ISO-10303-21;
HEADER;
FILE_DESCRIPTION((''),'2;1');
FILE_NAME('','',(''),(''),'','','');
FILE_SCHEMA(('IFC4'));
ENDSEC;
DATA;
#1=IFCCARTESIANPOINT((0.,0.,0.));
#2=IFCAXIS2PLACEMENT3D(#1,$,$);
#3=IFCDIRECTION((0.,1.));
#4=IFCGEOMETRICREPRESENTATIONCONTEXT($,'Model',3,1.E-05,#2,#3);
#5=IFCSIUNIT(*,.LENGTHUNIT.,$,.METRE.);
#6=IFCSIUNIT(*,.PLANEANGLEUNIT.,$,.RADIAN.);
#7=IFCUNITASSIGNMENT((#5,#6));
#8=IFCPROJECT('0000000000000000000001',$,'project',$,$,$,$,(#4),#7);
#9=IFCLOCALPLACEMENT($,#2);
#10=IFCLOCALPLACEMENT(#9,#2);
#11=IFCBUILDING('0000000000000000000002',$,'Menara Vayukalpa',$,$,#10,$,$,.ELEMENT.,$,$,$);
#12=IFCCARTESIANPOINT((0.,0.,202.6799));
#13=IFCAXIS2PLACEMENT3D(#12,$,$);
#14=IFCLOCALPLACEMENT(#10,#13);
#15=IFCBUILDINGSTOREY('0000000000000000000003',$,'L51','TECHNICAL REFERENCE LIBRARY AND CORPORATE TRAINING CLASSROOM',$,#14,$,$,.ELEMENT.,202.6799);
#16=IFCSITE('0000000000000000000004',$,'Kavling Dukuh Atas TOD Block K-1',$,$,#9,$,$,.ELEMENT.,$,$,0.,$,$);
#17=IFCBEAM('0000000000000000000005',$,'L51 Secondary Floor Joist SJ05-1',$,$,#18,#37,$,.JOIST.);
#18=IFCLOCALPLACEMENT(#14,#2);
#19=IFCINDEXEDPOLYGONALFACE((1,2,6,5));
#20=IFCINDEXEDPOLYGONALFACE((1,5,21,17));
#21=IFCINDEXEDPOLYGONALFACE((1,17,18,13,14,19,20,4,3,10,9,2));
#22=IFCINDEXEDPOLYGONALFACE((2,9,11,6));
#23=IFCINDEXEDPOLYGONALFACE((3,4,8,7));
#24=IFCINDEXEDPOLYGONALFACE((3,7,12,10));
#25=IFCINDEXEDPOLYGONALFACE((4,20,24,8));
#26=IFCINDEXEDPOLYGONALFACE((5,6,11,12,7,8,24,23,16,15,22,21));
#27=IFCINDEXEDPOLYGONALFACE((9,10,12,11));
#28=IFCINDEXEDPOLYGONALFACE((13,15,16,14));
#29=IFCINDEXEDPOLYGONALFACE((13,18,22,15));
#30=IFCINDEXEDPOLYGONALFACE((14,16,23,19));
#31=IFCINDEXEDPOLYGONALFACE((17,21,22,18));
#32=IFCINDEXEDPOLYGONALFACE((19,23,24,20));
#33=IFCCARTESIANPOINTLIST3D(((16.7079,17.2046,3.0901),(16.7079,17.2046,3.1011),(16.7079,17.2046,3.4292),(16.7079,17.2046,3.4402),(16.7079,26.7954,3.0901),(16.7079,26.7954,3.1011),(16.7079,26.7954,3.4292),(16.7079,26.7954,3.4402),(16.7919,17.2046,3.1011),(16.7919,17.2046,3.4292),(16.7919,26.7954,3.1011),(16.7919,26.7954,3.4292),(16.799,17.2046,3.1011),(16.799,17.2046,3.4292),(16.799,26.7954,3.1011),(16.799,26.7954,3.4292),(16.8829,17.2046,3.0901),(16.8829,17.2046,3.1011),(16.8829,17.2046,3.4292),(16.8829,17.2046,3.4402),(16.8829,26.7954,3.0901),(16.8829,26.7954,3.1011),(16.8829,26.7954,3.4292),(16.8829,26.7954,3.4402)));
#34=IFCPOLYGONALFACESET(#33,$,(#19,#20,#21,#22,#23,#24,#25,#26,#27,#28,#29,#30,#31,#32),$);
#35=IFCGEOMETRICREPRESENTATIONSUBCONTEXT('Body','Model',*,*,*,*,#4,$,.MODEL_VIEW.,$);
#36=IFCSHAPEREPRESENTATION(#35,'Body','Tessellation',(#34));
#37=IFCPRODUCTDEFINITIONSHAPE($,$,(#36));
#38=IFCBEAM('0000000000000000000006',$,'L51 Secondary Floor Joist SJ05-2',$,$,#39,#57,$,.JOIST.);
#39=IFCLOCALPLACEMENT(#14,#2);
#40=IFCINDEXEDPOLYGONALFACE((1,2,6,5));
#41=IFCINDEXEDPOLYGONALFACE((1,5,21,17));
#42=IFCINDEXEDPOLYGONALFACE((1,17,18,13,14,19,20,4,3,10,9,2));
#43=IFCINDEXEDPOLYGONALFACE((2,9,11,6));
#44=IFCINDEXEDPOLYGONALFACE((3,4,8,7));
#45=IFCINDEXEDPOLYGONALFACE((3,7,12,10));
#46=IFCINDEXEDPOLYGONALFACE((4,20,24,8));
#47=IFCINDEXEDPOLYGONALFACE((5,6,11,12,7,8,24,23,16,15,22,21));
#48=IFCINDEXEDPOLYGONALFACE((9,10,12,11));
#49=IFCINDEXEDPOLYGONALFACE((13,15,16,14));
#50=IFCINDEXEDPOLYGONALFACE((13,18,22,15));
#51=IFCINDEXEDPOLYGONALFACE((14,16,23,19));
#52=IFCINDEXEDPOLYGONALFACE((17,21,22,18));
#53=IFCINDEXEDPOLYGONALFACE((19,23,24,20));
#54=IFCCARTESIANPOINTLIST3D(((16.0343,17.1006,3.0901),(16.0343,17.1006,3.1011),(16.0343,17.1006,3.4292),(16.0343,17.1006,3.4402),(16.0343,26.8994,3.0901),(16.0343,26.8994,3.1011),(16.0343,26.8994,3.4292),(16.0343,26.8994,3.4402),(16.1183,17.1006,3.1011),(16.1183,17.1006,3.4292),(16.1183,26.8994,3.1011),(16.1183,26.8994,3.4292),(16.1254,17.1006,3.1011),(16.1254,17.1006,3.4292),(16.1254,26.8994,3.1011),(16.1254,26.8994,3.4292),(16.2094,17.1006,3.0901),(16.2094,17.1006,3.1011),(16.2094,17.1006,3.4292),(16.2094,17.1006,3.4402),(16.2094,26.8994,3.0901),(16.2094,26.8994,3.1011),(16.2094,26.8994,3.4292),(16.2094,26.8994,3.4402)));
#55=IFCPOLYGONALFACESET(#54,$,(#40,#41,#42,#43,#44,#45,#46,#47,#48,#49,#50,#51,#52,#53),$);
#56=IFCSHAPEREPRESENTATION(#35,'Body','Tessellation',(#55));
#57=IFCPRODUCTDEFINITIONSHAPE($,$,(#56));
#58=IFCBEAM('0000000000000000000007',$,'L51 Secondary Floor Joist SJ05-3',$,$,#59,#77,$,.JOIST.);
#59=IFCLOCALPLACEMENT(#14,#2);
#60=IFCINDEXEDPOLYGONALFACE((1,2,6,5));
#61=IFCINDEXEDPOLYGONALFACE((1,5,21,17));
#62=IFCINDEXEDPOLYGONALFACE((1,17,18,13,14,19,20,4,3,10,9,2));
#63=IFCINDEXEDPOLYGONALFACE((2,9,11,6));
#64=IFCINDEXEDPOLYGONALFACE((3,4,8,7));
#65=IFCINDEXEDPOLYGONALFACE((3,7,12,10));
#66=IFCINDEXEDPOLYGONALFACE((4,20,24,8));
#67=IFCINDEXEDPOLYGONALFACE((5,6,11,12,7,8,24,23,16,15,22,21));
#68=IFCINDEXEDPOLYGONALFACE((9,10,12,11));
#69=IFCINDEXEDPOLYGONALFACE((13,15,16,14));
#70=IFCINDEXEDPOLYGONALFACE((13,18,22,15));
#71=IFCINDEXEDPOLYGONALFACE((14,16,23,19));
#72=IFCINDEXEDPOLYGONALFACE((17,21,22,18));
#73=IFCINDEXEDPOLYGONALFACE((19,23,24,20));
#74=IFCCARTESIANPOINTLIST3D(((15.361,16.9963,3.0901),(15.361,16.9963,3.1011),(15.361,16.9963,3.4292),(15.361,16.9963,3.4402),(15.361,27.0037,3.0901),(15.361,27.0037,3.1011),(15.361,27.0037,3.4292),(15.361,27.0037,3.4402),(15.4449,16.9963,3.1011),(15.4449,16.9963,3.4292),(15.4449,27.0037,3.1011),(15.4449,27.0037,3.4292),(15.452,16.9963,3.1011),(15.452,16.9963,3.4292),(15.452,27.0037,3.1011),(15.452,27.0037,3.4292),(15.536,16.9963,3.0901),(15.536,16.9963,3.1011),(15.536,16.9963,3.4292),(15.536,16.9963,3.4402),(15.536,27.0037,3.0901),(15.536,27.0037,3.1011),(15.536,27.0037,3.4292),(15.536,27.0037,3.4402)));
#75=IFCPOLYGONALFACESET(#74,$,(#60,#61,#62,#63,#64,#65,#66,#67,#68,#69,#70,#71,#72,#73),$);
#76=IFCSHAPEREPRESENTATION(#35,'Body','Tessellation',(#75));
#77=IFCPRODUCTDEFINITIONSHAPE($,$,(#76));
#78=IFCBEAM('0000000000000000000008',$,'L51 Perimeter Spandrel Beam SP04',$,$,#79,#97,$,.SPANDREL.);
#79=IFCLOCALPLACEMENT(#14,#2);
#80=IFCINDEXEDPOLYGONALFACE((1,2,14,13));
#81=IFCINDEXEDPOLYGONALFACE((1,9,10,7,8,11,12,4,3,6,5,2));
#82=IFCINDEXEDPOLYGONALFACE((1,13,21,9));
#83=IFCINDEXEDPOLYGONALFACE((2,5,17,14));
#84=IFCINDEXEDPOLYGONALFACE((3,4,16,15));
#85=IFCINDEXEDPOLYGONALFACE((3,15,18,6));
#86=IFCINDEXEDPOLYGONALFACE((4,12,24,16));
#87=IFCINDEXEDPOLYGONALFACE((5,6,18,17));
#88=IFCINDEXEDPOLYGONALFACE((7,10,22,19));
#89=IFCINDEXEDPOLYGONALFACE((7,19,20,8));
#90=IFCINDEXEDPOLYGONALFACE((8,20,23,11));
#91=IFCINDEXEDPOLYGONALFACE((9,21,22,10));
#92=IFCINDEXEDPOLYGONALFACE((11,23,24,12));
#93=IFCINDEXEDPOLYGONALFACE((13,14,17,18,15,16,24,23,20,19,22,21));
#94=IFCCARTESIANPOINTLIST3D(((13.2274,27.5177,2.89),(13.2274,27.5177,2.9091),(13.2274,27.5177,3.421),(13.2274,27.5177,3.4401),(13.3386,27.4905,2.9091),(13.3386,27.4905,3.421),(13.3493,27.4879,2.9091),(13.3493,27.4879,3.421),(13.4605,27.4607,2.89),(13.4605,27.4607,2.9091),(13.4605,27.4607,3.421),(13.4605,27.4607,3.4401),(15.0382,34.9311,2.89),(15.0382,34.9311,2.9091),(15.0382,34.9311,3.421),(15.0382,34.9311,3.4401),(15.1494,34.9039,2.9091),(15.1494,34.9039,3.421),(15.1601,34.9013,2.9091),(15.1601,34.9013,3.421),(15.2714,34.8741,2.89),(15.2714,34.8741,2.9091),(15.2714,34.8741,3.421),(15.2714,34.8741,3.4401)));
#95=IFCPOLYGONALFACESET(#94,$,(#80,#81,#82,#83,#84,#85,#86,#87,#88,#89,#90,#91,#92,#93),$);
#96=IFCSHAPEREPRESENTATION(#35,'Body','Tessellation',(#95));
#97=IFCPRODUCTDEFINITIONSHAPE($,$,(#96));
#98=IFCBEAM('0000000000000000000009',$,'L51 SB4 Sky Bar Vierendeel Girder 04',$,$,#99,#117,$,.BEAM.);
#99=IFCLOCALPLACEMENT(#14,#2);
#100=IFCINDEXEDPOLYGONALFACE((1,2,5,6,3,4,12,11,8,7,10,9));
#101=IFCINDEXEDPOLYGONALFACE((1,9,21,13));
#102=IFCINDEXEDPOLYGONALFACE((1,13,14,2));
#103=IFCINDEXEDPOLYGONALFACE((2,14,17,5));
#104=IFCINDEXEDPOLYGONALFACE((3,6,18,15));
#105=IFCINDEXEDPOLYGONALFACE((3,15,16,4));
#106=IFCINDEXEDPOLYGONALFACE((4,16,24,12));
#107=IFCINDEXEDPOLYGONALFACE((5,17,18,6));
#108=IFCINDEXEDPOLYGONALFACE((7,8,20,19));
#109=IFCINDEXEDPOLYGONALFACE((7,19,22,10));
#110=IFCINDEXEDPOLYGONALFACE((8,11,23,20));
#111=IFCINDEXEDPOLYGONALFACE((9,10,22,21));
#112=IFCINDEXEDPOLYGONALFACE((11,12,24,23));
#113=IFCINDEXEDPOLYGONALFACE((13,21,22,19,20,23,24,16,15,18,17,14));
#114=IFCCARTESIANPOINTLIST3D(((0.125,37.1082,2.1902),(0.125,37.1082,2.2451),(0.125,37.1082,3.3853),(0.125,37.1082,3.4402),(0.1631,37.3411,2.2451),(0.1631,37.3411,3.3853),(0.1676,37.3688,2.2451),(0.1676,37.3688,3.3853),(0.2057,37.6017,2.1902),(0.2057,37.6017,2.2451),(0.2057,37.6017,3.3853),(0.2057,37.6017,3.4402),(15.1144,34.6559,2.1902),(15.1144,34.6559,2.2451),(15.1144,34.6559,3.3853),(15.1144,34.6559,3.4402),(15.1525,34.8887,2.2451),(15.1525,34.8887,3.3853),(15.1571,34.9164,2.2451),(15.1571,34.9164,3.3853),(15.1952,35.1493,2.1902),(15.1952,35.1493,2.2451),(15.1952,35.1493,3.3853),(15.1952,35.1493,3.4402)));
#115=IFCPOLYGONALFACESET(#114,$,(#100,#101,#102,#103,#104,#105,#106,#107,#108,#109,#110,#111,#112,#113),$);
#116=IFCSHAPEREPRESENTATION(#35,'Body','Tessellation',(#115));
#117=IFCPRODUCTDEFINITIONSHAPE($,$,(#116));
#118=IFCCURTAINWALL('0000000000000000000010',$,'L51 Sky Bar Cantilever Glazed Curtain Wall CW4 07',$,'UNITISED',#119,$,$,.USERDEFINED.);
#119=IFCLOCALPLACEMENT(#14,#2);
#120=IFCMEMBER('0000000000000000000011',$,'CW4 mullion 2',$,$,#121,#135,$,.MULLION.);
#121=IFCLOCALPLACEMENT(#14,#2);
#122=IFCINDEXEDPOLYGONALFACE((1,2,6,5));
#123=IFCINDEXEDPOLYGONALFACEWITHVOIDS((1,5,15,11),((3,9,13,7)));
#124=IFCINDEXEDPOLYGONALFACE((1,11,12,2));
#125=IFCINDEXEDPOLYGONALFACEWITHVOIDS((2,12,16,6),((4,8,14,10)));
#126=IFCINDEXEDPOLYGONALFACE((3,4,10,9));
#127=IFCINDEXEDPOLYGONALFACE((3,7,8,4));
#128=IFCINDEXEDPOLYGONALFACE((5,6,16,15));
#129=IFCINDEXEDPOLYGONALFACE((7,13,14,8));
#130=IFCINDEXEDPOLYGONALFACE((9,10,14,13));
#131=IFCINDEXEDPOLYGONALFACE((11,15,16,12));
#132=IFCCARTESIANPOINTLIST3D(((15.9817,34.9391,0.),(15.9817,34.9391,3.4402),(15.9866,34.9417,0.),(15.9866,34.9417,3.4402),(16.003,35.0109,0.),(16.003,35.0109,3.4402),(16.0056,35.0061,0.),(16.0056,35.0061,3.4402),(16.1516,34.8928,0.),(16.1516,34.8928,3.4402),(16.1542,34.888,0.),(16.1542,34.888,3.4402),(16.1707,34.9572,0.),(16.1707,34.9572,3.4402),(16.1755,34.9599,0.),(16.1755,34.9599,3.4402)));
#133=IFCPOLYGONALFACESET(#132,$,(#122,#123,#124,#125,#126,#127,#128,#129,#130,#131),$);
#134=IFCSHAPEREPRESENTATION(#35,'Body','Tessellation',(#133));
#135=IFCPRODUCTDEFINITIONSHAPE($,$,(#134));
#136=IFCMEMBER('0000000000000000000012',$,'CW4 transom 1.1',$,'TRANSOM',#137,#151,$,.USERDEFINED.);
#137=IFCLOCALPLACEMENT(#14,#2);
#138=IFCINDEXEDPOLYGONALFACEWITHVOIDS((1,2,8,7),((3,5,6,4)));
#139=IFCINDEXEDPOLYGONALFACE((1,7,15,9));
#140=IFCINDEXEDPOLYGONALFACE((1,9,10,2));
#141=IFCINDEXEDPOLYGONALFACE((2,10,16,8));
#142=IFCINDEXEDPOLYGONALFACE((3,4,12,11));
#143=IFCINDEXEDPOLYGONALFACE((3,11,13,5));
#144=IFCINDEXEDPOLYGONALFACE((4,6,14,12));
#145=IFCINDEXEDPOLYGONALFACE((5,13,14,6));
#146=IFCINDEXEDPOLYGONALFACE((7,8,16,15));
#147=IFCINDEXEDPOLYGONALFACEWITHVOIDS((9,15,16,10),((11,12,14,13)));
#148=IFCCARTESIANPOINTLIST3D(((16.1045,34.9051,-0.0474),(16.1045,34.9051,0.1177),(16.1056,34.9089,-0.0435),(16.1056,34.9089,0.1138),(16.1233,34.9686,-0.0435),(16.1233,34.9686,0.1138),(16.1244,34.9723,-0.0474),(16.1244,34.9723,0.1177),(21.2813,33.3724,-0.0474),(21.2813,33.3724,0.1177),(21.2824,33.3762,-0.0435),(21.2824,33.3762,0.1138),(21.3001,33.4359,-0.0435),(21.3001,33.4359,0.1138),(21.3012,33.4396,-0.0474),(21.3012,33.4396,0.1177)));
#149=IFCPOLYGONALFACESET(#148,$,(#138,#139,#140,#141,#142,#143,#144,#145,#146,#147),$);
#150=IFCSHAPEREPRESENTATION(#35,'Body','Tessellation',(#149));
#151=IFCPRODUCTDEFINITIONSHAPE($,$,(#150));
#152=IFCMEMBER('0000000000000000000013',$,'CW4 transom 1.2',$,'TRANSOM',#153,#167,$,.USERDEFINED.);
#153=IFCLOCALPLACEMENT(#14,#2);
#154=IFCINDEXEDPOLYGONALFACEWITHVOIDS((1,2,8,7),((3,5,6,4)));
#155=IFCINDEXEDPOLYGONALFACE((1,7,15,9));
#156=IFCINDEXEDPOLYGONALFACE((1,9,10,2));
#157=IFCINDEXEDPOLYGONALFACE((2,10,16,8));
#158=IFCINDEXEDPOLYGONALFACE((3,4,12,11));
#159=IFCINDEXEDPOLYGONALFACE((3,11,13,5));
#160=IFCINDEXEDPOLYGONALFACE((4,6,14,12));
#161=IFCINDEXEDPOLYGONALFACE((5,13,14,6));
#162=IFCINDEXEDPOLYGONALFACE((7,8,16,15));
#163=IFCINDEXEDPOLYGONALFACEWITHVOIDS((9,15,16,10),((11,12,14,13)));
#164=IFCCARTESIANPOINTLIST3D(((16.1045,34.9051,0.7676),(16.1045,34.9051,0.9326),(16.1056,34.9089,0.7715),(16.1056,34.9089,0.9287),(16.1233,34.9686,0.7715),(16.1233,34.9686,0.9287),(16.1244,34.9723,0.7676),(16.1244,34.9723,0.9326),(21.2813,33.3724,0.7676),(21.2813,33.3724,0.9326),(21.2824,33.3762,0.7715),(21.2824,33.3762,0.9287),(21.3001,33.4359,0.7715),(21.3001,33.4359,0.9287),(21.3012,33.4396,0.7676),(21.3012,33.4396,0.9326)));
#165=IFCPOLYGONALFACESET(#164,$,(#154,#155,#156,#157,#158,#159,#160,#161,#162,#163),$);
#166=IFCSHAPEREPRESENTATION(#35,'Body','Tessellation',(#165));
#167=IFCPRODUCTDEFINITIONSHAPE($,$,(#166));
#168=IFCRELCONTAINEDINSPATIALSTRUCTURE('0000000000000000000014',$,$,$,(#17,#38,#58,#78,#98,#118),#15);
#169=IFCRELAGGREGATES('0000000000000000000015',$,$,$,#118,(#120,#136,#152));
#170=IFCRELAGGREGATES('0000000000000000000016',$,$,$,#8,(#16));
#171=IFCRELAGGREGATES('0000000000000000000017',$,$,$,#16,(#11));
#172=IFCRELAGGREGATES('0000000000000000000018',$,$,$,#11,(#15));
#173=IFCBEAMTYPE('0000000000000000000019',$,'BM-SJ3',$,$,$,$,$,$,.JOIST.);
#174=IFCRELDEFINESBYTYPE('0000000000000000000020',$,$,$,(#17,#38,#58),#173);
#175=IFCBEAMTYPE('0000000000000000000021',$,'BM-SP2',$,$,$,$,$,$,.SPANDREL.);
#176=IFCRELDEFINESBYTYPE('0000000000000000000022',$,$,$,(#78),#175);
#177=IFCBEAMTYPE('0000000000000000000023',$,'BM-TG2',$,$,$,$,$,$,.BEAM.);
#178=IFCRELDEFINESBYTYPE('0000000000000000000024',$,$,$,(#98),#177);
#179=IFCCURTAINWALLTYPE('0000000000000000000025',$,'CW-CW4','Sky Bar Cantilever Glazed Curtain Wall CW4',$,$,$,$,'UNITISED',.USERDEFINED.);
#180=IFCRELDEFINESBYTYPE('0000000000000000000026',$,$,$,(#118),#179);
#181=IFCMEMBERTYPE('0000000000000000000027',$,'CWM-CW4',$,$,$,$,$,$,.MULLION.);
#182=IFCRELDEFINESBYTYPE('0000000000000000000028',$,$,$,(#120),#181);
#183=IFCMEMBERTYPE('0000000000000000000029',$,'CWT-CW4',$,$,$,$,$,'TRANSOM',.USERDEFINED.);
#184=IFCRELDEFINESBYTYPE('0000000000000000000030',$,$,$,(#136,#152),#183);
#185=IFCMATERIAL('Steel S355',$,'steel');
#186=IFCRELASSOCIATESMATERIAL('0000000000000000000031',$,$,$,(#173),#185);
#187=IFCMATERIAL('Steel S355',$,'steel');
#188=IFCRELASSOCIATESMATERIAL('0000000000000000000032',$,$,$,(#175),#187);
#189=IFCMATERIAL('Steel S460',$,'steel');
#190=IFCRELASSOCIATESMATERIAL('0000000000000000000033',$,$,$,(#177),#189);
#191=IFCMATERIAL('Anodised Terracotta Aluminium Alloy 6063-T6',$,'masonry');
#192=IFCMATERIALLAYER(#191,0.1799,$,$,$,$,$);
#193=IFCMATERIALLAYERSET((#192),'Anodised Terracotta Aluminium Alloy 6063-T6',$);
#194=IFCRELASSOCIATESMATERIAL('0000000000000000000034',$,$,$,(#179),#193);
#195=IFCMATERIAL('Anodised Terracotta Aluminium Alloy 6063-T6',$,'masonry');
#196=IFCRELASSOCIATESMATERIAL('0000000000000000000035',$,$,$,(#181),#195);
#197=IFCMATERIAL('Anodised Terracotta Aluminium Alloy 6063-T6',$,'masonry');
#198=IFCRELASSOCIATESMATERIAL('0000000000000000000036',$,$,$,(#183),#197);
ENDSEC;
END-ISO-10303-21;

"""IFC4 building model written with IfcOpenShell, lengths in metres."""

from ifc_helpers import new_model, si_unit, direction, frame, origin, origin_2d, place, context, subcontext, project, spatial, hollow_rectangle, i_section, extrude, material, layer, layer_set, material_profile, profile_set, type_object, element, aggregate, save


model = new_model("IFC4")

# Units and contexts
model_context = context("Model", 3, precision=1e-05, world=origin(), true_north=direction((0.0, 1.0)))
body_context = subcontext(model_context, "Body", "Model", "MODEL_VIEW")
ifc_project = project(units=[si_unit("LENGTHUNIT", "METRE"), si_unit("PLANEANGLEUNIT", "RADIAN")], contexts=[model_context])

# Site, building, storey
site_placement = place(None, origin())
site = spatial("IfcSite", under=ifc_project, at=site_placement, Name="Kavling Dukuh Atas TOD Block K-1", CompositionType="ELEMENT", RefElevation=0.0)
building_placement = place(site_placement, origin())
building = spatial("IfcBuilding", under=site, at=building_placement, Name="Menara Vayukalpa", CompositionType="ELEMENT")
storey_placement = place(building_placement, frame((0.0, 0.0, 202.6799)))
storey = spatial("IfcBuildingStorey", under=building, at=storey_placement, Name="L51", Description="TECHNICAL REFERENCE LIBRARY AND CORPORATE TRAINING CLASSROOM", CompositionType="ELEMENT", Elevation=202.6799)

# Beams
ifc_material_1 = material(Name="Steel S355", Category="steel")
ifc_material_profile_1 = material_profile(ifc_material_1, i_section(OverallWidth=0.175, OverallDepth=0.3501, WebThickness=0.0071, FlangeThickness=0.011, at=origin_2d()), Name="WF 350x175x7x11")
ifc_profile_set_1 = profile_set([ifc_material_profile_1], Name="Steel S355")
beam_type_1 = type_object("IfcBeamType", Name="BM-SJ3", PredefinedType="JOIST", material=ifc_profile_set_1)
beam_1_placement = place(storey_placement, frame((16.7954, 26.7954, 3.2651), z_axis=(0.0, -1.0, 0.0), x_axis=(1.0, 0.0, 0.0)))
element("IfcBeam", 1, at=beam_1_placement, inside=storey, type_object=beam_type_1, Name="L51 Secondary Floor Joist SJ05-1", PredefinedType="JOIST", context=body_context, shape_type="SweptSolid", body=[
    extrude(i_section(OverallWidth=0.175, OverallDepth=0.3501, WebThickness=0.0071, FlangeThickness=0.011, at=origin_2d()), origin(), (0.0, 0.0, 1.0), 9.5908),
])
beam_2_placement = place(storey_placement, frame((16.1218, 26.8994, 3.2651), z_axis=(0.0, -1.0, 0.0), x_axis=(1.0, 0.0, 0.0)))
element("IfcBeam", 2, at=beam_2_placement, inside=storey, type_object=beam_type_1, Name="L51 Secondary Floor Joist SJ05-2", PredefinedType="JOIST", context=body_context, shape_type="SweptSolid", body=[
    extrude(i_section(OverallWidth=0.175, OverallDepth=0.3501, WebThickness=0.0071, FlangeThickness=0.011, at=origin_2d()), origin(), (0.0, 0.0, 1.0), 9.7988),
])
beam_3_placement = place(storey_placement, frame((15.4485, 27.0037, 3.2651), z_axis=(0.0, -1.0, 0.0), x_axis=(1.0, 0.0, 0.0)))
element("IfcBeam", 3, at=beam_3_placement, inside=storey, type_object=beam_type_1, Name="L51 Secondary Floor Joist SJ05-3", PredefinedType="JOIST", context=body_context, shape_type="SweptSolid", body=[
    extrude(i_section(OverallWidth=0.175, OverallDepth=0.3501, WebThickness=0.0071, FlangeThickness=0.011, at=origin_2d()), origin(), (0.0, 0.0, 1.0), 10.0073),
])
ifc_material_2 = material(Name="Steel S355", Category="steel")
ifc_material_profile_2 = material_profile(ifc_material_2, i_section(OverallWidth=0.24, OverallDepth=0.55, WebThickness=0.011, FlangeThickness=0.019, at=origin_2d()), Name="WF 550x240x11x19")
ifc_profile_set_2 = profile_set([ifc_material_profile_2], Name="Steel S355")
beam_type_2 = type_object("IfcBeamType", Name="BM-SP2", PredefinedType="SPANDREL", material=ifc_profile_set_2)
beam_4_placement = place(storey_placement, frame((15.1548, 34.9026, 3.165), z_axis=(-0.237285, -0.97144, 0.0), x_axis=(0.97144, -0.237285, 0.0)))
element("IfcBeam", 4, at=beam_4_placement, inside=storey, type_object=beam_type_2, Name="L51 Perimeter Spandrel Beam SP04", PredefinedType="SPANDREL", context=body_context, shape_type="SweptSolid", body=[
    extrude(i_section(OverallWidth=0.24, OverallDepth=0.55, WebThickness=0.011, FlangeThickness=0.019, at=origin_2d()), origin(), (0.0, 0.0, 1.0), 7.6313),
])
ifc_material_3 = material(Name="Steel S460", Category="steel")
ifc_material_profile_3 = material_profile(ifc_material_3, i_section(OverallWidth=0.5, OverallDepth=1.25, WebThickness=0.0281, FlangeThickness=0.0549, at=origin_2d()), Name="WG 1250x500x28x55")
ifc_profile_set_3 = profile_set([ifc_material_profile_3], Name="Steel S460")
beam_type_3 = type_object("IfcBeamType", Name="BM-TG2", PredefinedType="BEAM", material=ifc_profile_set_3)
beam_5_placement = place(storey_placement, frame((15.1548, 34.9026, 2.8152), z_axis=(-0.986879, 0.161461, 0.0), x_axis=(-0.161461, -0.986879, 0.0)))
element("IfcBeam", 5, at=beam_5_placement, inside=storey, type_object=beam_type_3, Name="L51 SB4 Sky Bar Vierendeel Girder 04", PredefinedType="BEAM", context=body_context, shape_type="SweptSolid", body=[
    extrude(i_section(OverallWidth=0.5, OverallDepth=1.25, WebThickness=0.0281, FlangeThickness=0.0549, at=origin_2d()), origin(), (0.0, 0.0, 1.0), 15.1887),
])

# Curtain wall, members
ifc_material_4 = material(Name="Anodised Terracotta Aluminium Alloy 6063-T6", Category="masonry")
ifc_layer_1 = layer(ifc_material_4, 0.1799)
ifc_layer_set_1 = layer_set([ifc_layer_1], Name="Anodised Terracotta Aluminium Alloy 6063-T6")
curtain_wall_type = type_object("IfcCurtainWallType", Name="CW-CW4", Description="Sky Bar Cantilever Glazed Curtain Wall CW4", ElementType="UNITISED", PredefinedType="USERDEFINED", material=ifc_layer_set_1)
curtain_wall_placement = place(storey_placement, origin())
curtain_wall = element("IfcCurtainWall", 6, at=curtain_wall_placement, inside=storey, type_object=curtain_wall_type, Name="L51 Sky Bar Cantilever Glazed Curtain Wall CW4 07", ObjectType="UNITISED", PredefinedType="USERDEFINED")
ifc_material_5 = material(Name="Anodised Terracotta Aluminium Alloy 6063-T6", Category="masonry")
ifc_material_profile_4 = material_profile(ifc_material_5, hollow_rectangle(XDim=0.075, YDim=0.1799, WallThickness=0.0039, at=origin_2d()), Name="ALU 75x180x4")
ifc_profile_set_4 = profile_set([ifc_material_profile_4], Name="Anodised Terracotta Aluminium Alloy 6063-T6")
member_type_1 = type_object("IfcMemberType", Name="CWM-CW4", PredefinedType="MULLION", material=ifc_profile_set_4)
member_1_placement = place(storey_placement, frame((16.0786, 34.9495, 0.0), z_axis=(0.0, 0.0, 1.0), x_axis=(-0.283894, -0.958856, 0.0)))
member_1 = element("IfcMember", 7, at=member_1_placement, type_object=member_type_1, Name="CW4 mullion 2", PredefinedType="MULLION", context=body_context, shape_type="SweptSolid", body=[
    extrude(hollow_rectangle(XDim=0.075, YDim=0.1799, WallThickness=0.0039, at=origin_2d()), origin(), (0.0, 0.0, 1.0), 3.4402),
])
ifc_material_6 = material(Name="Anodised Terracotta Aluminium Alloy 6063-T6", Category="masonry")
ifc_material_profile_5 = material_profile(ifc_material_6, hollow_rectangle(XDim=0.0701, YDim=0.165, WallThickness=0.0039, at=origin_2d()), Name="ALU 70x165x4")
ifc_profile_set_5 = profile_set([ifc_material_profile_5], Name="Anodised Terracotta Aluminium Alloy 6063-T6")
member_type_2 = type_object("IfcMemberType", Name="CWT-CW4", ElementType="TRANSOM", PredefinedType="USERDEFINED", material=ifc_profile_set_5)
member_2_placement = place(storey_placement, frame((21.2913, 33.406, 0.0352), z_axis=(-0.958856, 0.283894, 0.0), x_axis=(-0.283894, -0.958856, 0.0)))
member_2 = element("IfcMember", 8, at=member_2_placement, type_object=member_type_2, Name="CW4 transom 1.1", ObjectType="TRANSOM", PredefinedType="USERDEFINED", context=body_context, shape_type="SweptSolid", body=[
    extrude(hollow_rectangle(XDim=0.0701, YDim=0.165, WallThickness=0.0039, at=origin_2d()), origin(), (0.0, 0.0, 1.0), 5.3989),
])
member_3_placement = place(storey_placement, frame((21.2913, 33.406, 0.8501), z_axis=(-0.958856, 0.283894, 0.0), x_axis=(-0.283894, -0.958856, 0.0)))
member_3 = element("IfcMember", 9, at=member_3_placement, type_object=member_type_2, Name="CW4 transom 1.2", ObjectType="TRANSOM", PredefinedType="USERDEFINED", context=body_context, shape_type="SweptSolid", body=[
    extrude(hollow_rectangle(XDim=0.0701, YDim=0.165, WallThickness=0.0039, at=origin_2d()), origin(), (0.0, 0.0, 1.0), 5.3989),
])

aggregate(curtain_wall, [member_1, member_2, member_3])

save(model, "model.ifc")
